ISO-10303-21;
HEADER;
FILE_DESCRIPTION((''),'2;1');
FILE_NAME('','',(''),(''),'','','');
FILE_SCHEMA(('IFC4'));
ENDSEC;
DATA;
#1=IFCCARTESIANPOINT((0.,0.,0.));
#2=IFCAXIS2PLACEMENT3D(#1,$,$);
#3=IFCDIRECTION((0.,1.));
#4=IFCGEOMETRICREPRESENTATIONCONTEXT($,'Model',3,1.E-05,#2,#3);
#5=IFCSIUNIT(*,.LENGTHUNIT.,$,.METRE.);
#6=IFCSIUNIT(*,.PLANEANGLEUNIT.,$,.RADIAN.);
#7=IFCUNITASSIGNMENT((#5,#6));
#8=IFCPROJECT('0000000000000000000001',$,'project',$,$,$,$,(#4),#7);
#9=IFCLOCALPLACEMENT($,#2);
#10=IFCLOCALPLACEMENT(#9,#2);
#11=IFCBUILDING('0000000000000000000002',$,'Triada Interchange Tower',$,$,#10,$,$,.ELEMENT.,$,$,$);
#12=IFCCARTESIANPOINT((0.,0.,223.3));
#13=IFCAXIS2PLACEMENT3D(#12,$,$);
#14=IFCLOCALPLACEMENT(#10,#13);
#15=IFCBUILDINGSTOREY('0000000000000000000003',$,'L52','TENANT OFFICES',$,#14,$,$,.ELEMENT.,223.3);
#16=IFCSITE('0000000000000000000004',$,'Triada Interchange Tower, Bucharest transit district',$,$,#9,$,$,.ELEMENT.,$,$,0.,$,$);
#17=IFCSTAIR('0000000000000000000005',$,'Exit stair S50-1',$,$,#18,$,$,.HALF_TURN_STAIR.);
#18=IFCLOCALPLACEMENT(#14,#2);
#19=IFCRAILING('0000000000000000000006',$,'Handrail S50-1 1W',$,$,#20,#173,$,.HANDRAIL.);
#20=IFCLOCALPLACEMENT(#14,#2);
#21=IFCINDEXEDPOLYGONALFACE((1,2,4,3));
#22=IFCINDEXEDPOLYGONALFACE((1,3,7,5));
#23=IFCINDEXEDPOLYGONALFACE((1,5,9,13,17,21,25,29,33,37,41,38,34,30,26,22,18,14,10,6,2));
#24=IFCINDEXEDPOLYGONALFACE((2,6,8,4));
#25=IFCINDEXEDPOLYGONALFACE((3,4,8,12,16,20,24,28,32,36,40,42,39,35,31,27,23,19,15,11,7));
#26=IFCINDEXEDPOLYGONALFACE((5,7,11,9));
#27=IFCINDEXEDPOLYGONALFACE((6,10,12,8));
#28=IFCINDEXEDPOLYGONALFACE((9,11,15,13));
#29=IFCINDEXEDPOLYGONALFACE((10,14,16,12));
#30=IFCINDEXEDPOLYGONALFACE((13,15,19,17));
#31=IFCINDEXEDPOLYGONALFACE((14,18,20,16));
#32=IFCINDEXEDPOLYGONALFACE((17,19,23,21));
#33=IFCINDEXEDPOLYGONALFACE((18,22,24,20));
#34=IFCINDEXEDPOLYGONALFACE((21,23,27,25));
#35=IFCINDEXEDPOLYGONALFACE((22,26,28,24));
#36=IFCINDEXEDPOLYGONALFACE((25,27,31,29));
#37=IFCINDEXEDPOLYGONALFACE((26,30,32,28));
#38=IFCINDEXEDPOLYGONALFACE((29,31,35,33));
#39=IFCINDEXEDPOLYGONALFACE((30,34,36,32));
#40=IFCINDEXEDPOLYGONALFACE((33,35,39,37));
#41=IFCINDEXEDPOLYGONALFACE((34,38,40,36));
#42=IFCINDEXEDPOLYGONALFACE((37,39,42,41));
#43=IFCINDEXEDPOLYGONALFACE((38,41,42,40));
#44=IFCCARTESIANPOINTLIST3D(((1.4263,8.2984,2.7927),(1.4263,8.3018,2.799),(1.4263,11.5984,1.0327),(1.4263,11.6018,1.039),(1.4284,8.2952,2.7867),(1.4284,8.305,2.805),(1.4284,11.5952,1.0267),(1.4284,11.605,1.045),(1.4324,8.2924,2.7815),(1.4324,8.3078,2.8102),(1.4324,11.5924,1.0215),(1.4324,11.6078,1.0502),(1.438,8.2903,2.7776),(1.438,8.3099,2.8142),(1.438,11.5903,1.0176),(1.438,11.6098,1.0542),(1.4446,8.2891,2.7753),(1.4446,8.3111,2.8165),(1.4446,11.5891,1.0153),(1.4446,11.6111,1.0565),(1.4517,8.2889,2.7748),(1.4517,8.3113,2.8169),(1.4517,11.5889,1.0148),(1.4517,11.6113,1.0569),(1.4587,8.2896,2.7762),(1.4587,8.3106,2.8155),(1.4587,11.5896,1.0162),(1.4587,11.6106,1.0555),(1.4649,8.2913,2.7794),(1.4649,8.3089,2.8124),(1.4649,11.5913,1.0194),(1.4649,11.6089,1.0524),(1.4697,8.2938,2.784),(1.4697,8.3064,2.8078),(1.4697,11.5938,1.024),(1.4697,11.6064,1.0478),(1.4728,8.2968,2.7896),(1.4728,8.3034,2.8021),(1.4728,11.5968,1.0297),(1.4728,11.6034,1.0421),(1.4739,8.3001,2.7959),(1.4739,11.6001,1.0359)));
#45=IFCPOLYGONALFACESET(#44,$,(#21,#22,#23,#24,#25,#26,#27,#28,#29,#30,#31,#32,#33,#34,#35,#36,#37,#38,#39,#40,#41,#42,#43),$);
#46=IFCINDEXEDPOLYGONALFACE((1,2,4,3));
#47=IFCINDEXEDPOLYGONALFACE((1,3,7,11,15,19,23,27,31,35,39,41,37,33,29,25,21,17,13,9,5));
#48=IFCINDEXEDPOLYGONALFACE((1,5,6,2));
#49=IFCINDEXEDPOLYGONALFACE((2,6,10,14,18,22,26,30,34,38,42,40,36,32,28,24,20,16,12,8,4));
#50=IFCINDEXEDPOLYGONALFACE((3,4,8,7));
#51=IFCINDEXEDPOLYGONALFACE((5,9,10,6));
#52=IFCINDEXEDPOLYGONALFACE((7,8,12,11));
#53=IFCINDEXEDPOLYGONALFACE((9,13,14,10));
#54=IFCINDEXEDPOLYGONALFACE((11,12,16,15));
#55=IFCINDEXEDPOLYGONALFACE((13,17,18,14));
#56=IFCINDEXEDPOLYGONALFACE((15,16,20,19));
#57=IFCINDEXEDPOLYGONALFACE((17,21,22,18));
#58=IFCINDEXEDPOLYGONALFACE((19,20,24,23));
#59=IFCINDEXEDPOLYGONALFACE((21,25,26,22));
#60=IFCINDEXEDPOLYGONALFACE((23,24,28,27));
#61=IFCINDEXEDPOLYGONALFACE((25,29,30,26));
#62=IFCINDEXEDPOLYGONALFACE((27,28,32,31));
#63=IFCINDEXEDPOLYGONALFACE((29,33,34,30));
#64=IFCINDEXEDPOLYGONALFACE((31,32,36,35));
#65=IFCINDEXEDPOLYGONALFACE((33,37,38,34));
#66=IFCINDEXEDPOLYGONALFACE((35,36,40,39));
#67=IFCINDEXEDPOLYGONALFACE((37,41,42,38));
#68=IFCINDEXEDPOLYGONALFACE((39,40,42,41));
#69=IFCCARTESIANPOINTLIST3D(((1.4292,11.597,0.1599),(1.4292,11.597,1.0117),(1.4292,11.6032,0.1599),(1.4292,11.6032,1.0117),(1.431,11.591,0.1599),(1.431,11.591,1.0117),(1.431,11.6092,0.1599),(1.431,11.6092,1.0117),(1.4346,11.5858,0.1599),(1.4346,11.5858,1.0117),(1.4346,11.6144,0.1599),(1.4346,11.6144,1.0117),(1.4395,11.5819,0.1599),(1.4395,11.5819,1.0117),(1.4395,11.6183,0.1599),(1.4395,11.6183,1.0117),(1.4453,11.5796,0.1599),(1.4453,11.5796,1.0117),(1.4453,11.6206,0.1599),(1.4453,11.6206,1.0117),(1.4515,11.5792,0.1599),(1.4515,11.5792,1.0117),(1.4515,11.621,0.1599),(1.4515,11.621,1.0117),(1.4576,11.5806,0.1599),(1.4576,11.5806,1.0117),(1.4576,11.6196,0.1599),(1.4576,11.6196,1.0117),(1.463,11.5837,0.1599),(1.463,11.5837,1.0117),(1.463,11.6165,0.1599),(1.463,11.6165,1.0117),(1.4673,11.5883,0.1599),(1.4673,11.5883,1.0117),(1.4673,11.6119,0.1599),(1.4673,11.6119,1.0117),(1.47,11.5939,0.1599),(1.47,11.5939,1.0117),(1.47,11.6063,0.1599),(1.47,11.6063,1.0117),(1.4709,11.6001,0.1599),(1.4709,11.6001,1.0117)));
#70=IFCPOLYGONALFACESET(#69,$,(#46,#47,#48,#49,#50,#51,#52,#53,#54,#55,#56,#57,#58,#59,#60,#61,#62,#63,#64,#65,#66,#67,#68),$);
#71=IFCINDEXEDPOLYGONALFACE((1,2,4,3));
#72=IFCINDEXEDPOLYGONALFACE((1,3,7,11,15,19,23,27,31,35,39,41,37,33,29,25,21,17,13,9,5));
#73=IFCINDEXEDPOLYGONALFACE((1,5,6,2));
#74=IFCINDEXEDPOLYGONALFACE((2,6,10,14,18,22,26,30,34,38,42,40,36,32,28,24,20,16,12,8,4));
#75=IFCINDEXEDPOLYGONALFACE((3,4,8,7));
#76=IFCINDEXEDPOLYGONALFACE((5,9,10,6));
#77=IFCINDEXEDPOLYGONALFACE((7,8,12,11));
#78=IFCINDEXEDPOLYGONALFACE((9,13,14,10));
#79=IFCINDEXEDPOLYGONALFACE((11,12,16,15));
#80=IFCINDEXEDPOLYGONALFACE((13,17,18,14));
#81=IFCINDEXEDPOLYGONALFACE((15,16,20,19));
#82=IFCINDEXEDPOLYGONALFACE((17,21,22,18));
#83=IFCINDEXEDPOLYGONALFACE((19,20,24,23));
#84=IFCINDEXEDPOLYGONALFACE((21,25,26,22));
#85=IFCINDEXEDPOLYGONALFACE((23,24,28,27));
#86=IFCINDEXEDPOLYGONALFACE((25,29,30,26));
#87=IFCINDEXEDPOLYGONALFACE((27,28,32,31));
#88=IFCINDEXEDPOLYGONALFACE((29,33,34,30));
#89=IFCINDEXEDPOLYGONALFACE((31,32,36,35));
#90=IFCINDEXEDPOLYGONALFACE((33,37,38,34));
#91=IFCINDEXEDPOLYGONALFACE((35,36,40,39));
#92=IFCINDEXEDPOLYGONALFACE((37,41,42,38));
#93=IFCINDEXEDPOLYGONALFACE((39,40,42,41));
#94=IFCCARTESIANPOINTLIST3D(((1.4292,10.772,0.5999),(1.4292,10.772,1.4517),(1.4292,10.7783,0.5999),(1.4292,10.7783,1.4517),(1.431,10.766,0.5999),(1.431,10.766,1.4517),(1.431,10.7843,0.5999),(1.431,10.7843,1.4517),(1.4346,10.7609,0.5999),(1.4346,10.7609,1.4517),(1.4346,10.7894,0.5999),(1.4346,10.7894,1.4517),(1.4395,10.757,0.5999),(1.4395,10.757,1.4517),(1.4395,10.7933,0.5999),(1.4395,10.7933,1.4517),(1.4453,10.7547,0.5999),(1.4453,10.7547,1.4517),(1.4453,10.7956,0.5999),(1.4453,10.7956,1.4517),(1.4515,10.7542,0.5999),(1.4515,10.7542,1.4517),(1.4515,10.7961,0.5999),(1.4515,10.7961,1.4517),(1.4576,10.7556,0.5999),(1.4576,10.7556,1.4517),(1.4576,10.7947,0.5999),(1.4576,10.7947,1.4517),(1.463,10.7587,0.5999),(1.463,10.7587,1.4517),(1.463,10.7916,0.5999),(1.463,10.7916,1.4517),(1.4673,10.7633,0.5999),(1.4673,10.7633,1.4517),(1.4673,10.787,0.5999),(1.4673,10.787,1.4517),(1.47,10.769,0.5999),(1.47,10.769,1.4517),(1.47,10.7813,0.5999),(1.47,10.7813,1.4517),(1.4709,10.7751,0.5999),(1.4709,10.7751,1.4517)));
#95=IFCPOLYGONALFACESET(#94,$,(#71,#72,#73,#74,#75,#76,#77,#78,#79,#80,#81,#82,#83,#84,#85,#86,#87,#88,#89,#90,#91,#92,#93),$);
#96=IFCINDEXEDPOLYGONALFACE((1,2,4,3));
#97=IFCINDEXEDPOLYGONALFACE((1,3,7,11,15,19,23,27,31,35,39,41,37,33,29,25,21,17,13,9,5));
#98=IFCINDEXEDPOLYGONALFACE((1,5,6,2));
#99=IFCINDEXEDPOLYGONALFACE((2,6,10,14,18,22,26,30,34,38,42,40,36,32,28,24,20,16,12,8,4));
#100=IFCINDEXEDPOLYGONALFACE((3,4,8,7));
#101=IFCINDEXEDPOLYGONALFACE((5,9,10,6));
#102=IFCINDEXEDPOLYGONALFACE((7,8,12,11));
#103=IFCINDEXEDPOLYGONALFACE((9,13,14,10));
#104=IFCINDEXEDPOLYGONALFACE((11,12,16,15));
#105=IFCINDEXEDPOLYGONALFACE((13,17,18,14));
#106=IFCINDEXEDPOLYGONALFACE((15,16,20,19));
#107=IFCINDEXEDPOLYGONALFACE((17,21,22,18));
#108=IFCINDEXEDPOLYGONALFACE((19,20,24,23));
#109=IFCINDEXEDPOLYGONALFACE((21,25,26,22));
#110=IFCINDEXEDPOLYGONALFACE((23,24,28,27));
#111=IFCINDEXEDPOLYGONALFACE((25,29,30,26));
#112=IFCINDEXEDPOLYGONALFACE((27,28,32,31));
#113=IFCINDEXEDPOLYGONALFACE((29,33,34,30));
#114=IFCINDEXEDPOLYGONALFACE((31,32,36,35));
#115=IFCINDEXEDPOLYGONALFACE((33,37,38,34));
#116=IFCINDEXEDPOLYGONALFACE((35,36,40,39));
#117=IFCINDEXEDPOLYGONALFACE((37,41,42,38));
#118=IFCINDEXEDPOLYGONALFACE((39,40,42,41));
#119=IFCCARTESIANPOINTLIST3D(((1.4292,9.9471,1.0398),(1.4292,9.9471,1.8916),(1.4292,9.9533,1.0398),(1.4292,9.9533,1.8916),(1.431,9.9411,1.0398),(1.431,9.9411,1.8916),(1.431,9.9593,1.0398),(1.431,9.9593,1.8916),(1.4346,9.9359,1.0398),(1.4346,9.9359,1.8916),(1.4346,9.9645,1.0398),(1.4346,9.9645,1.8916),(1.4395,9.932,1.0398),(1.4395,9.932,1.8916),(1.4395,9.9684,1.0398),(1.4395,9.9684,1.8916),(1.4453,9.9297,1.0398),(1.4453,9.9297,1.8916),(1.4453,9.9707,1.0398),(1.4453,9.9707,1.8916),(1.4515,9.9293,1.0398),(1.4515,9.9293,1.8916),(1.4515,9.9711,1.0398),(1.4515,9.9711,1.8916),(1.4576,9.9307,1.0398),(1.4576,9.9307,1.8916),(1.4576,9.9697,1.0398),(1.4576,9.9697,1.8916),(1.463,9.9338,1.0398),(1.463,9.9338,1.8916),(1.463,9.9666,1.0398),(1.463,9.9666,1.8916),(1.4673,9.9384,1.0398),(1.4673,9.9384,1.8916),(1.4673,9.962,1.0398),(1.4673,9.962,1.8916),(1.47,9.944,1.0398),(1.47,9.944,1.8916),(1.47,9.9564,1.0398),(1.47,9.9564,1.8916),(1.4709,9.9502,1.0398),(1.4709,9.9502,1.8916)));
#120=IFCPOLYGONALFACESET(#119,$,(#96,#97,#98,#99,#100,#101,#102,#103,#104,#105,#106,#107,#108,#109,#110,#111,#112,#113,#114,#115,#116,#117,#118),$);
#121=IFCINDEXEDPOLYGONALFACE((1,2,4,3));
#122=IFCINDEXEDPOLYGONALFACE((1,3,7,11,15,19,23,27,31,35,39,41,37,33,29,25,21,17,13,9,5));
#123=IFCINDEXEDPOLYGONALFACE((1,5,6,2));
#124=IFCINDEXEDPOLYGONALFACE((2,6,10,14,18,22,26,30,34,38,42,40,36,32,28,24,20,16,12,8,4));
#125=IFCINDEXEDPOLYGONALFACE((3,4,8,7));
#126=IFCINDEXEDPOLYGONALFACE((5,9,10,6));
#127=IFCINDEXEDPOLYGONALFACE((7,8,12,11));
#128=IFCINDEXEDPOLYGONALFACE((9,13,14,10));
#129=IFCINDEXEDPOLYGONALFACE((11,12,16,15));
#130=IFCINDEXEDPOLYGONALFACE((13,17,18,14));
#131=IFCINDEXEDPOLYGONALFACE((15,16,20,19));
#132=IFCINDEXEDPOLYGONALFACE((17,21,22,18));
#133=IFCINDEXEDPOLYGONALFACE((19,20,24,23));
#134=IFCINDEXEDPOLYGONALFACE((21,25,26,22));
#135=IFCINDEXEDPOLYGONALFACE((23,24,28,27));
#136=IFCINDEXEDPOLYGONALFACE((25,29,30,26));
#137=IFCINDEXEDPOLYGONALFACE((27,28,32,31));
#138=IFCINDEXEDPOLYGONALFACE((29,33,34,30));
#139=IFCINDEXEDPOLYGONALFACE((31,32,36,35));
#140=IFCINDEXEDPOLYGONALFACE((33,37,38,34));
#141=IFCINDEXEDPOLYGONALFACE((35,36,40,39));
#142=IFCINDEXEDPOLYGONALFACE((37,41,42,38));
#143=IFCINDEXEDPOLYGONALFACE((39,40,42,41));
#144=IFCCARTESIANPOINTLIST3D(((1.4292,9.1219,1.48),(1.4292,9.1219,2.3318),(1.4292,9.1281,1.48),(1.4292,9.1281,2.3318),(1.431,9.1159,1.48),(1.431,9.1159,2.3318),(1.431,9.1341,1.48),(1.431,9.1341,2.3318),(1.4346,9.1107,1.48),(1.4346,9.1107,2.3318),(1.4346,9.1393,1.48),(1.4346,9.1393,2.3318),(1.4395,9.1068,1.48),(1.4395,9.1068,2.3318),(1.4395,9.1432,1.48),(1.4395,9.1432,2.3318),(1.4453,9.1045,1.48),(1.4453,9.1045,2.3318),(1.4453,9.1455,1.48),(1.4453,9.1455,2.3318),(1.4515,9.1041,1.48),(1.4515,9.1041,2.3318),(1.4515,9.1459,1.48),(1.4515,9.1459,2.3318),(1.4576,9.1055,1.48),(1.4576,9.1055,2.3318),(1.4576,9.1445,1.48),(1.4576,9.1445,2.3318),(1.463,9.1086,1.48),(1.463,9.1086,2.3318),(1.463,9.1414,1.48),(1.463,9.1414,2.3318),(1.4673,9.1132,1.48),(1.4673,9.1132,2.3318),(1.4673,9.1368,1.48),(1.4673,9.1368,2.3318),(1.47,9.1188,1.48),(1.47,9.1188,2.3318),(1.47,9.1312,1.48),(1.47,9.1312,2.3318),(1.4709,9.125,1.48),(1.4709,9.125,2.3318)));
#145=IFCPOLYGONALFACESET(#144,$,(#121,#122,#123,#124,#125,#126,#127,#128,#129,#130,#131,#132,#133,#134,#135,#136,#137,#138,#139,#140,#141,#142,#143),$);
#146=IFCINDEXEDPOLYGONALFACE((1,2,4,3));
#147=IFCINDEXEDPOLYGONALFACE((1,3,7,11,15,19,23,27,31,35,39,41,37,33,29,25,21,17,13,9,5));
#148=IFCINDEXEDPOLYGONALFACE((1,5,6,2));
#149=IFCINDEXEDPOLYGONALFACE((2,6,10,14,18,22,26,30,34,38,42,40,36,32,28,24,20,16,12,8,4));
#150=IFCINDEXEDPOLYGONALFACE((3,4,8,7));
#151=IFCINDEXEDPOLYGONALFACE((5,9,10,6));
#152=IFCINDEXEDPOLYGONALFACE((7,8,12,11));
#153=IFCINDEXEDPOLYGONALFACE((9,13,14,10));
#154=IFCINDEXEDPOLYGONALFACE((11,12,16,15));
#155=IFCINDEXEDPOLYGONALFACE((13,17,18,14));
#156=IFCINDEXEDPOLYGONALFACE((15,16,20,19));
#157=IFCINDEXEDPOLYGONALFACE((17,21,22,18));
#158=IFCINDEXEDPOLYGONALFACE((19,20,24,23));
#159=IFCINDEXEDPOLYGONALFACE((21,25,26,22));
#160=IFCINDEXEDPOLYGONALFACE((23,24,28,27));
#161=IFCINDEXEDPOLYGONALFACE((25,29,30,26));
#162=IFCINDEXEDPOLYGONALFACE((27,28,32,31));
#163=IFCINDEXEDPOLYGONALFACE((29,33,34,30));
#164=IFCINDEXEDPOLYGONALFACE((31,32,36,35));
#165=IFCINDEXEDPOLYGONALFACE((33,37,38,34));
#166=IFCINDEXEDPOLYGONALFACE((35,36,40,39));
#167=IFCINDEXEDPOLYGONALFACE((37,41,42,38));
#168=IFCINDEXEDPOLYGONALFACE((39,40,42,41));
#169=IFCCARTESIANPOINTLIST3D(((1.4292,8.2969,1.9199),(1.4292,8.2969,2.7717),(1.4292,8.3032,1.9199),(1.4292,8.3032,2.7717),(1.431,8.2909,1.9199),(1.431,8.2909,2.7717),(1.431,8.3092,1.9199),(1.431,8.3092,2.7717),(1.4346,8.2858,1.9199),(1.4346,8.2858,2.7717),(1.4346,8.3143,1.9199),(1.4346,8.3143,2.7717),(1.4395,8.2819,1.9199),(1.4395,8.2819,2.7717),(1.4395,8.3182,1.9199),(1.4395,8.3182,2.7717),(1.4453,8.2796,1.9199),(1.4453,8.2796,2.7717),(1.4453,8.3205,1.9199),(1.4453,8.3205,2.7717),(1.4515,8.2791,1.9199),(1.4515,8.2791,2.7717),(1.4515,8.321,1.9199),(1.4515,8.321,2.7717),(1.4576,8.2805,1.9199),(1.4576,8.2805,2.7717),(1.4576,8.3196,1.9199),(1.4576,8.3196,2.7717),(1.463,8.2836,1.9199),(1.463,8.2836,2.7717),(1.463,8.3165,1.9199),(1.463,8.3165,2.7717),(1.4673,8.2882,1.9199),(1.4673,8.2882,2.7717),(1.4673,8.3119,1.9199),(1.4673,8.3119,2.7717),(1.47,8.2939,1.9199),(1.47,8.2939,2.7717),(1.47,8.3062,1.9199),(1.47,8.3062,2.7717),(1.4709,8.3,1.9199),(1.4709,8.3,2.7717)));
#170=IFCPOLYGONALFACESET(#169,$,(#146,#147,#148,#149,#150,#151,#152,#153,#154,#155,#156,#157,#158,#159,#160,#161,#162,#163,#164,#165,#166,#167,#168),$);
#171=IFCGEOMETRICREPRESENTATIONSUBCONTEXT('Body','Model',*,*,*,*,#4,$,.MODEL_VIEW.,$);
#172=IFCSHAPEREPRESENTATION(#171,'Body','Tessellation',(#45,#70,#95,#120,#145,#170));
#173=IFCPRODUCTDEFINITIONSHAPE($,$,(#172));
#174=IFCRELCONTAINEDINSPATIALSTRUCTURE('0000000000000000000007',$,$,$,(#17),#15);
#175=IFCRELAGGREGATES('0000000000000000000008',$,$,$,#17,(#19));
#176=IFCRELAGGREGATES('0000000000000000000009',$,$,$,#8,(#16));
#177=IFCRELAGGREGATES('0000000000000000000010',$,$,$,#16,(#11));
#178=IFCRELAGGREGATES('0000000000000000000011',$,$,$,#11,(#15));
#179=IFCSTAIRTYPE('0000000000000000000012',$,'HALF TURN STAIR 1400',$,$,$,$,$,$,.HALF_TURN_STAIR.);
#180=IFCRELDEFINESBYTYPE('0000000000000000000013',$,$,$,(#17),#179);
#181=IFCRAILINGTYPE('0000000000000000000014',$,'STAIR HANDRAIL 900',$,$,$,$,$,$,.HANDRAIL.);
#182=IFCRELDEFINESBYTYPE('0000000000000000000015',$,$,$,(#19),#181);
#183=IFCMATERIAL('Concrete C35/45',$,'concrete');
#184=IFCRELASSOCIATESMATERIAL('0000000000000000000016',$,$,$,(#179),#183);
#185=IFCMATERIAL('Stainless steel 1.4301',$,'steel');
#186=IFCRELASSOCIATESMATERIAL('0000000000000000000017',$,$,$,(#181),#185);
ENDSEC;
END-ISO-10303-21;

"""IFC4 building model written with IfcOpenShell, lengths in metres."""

from ifc_helpers import new_model, si_unit, direction, frame, origin, origin_2d, place, context, subcontext, project, spatial, circle, extrude, material, type_object, element, aggregate, save


model = new_model("IFC4")

# Units and contexts
model_context = context("Model", 3, precision=1e-05, world=origin(), true_north=direction((0.0, 1.0)))
body_context = subcontext(model_context, "Body", "Model", "MODEL_VIEW")
ifc_project = project(units=[si_unit("LENGTHUNIT", "METRE"), si_unit("PLANEANGLEUNIT", "RADIAN")], contexts=[model_context])

# Site, building, storey
site_placement = place(None, origin())
site = spatial("IfcSite", under=ifc_project, at=site_placement, Name="Triada Interchange Tower, Bucharest transit district", CompositionType="ELEMENT", RefElevation=0.0)
building_placement = place(site_placement, origin())
building = spatial("IfcBuilding", under=site, at=building_placement, Name="Triada Interchange Tower", CompositionType="ELEMENT")
storey_placement = place(building_placement, frame((0.0, 0.0, 223.3)))
storey = spatial("IfcBuildingStorey", under=building, at=storey_placement, Name="L52", Description="TENANT OFFICES", CompositionType="ELEMENT", Elevation=223.3)

# Stair
ifc_material_1 = material(Name="Concrete C35/45", Category="concrete")
stair_type = type_object("IfcStairType", Name="HALF TURN STAIR 1400", PredefinedType="HALF_TURN_STAIR", material=ifc_material_1)
stair_placement = place(storey_placement, origin())
stair = element("IfcStair", 1, at=stair_placement, inside=storey, type_object=stair_type, Name="Exit stair S50-1", PredefinedType="HALF_TURN_STAIR")

# Railing
ifc_material_2 = material(Name="Stainless steel 1.4301", Category="steel")
railing_type = type_object("IfcRailingType", Name="STAIR HANDRAIL 900", PredefinedType="HANDRAIL", material=ifc_material_2)
railing_1_placement = place(storey_placement, frame((1.45, 11.6001, 0.1599)))
railing_1 = element("IfcRailing", 2, at=railing_1_placement, type_object=railing_type, Name="Handrail S50-1 1W", PredefinedType="HANDRAIL", context=body_context, shape_type="SweptSolid", body=[
    extrude(circle(Radius=0.0239, at=origin_2d()), frame((0.0, 0.0, 0.876), z_axis=(0.0, -0.882355, 0.470585), x_axis=(1.0, 0.0, 0.0)), (0.0, 0.0, 1.0), 3.74),
    extrude(circle(Radius=0.021, at=origin_2d()), origin(), (0.0, 0.0, 1.0), 0.8518),
    extrude(circle(Radius=0.021, at=origin_2d()), frame((0.0, -0.825, 0.4399)), (0.0, 0.0, 1.0), 0.8518),
    extrude(circle(Radius=0.021, at=origin_2d()), frame((0.0, -1.6499, 0.8799)), (0.0, 0.0, 1.0), 0.8518),
    extrude(circle(Radius=0.021, at=origin_2d()), frame((0.0, -2.4751, 1.3201)), (0.0, 0.0, 1.0), 0.8518),
    extrude(circle(Radius=0.021, at=origin_2d()), frame((0.0, -3.3, 1.76)), (0.0, 0.0, 1.0), 0.8518),
])
aggregate(stair, [railing_1])

save(model, "model.ifc")
